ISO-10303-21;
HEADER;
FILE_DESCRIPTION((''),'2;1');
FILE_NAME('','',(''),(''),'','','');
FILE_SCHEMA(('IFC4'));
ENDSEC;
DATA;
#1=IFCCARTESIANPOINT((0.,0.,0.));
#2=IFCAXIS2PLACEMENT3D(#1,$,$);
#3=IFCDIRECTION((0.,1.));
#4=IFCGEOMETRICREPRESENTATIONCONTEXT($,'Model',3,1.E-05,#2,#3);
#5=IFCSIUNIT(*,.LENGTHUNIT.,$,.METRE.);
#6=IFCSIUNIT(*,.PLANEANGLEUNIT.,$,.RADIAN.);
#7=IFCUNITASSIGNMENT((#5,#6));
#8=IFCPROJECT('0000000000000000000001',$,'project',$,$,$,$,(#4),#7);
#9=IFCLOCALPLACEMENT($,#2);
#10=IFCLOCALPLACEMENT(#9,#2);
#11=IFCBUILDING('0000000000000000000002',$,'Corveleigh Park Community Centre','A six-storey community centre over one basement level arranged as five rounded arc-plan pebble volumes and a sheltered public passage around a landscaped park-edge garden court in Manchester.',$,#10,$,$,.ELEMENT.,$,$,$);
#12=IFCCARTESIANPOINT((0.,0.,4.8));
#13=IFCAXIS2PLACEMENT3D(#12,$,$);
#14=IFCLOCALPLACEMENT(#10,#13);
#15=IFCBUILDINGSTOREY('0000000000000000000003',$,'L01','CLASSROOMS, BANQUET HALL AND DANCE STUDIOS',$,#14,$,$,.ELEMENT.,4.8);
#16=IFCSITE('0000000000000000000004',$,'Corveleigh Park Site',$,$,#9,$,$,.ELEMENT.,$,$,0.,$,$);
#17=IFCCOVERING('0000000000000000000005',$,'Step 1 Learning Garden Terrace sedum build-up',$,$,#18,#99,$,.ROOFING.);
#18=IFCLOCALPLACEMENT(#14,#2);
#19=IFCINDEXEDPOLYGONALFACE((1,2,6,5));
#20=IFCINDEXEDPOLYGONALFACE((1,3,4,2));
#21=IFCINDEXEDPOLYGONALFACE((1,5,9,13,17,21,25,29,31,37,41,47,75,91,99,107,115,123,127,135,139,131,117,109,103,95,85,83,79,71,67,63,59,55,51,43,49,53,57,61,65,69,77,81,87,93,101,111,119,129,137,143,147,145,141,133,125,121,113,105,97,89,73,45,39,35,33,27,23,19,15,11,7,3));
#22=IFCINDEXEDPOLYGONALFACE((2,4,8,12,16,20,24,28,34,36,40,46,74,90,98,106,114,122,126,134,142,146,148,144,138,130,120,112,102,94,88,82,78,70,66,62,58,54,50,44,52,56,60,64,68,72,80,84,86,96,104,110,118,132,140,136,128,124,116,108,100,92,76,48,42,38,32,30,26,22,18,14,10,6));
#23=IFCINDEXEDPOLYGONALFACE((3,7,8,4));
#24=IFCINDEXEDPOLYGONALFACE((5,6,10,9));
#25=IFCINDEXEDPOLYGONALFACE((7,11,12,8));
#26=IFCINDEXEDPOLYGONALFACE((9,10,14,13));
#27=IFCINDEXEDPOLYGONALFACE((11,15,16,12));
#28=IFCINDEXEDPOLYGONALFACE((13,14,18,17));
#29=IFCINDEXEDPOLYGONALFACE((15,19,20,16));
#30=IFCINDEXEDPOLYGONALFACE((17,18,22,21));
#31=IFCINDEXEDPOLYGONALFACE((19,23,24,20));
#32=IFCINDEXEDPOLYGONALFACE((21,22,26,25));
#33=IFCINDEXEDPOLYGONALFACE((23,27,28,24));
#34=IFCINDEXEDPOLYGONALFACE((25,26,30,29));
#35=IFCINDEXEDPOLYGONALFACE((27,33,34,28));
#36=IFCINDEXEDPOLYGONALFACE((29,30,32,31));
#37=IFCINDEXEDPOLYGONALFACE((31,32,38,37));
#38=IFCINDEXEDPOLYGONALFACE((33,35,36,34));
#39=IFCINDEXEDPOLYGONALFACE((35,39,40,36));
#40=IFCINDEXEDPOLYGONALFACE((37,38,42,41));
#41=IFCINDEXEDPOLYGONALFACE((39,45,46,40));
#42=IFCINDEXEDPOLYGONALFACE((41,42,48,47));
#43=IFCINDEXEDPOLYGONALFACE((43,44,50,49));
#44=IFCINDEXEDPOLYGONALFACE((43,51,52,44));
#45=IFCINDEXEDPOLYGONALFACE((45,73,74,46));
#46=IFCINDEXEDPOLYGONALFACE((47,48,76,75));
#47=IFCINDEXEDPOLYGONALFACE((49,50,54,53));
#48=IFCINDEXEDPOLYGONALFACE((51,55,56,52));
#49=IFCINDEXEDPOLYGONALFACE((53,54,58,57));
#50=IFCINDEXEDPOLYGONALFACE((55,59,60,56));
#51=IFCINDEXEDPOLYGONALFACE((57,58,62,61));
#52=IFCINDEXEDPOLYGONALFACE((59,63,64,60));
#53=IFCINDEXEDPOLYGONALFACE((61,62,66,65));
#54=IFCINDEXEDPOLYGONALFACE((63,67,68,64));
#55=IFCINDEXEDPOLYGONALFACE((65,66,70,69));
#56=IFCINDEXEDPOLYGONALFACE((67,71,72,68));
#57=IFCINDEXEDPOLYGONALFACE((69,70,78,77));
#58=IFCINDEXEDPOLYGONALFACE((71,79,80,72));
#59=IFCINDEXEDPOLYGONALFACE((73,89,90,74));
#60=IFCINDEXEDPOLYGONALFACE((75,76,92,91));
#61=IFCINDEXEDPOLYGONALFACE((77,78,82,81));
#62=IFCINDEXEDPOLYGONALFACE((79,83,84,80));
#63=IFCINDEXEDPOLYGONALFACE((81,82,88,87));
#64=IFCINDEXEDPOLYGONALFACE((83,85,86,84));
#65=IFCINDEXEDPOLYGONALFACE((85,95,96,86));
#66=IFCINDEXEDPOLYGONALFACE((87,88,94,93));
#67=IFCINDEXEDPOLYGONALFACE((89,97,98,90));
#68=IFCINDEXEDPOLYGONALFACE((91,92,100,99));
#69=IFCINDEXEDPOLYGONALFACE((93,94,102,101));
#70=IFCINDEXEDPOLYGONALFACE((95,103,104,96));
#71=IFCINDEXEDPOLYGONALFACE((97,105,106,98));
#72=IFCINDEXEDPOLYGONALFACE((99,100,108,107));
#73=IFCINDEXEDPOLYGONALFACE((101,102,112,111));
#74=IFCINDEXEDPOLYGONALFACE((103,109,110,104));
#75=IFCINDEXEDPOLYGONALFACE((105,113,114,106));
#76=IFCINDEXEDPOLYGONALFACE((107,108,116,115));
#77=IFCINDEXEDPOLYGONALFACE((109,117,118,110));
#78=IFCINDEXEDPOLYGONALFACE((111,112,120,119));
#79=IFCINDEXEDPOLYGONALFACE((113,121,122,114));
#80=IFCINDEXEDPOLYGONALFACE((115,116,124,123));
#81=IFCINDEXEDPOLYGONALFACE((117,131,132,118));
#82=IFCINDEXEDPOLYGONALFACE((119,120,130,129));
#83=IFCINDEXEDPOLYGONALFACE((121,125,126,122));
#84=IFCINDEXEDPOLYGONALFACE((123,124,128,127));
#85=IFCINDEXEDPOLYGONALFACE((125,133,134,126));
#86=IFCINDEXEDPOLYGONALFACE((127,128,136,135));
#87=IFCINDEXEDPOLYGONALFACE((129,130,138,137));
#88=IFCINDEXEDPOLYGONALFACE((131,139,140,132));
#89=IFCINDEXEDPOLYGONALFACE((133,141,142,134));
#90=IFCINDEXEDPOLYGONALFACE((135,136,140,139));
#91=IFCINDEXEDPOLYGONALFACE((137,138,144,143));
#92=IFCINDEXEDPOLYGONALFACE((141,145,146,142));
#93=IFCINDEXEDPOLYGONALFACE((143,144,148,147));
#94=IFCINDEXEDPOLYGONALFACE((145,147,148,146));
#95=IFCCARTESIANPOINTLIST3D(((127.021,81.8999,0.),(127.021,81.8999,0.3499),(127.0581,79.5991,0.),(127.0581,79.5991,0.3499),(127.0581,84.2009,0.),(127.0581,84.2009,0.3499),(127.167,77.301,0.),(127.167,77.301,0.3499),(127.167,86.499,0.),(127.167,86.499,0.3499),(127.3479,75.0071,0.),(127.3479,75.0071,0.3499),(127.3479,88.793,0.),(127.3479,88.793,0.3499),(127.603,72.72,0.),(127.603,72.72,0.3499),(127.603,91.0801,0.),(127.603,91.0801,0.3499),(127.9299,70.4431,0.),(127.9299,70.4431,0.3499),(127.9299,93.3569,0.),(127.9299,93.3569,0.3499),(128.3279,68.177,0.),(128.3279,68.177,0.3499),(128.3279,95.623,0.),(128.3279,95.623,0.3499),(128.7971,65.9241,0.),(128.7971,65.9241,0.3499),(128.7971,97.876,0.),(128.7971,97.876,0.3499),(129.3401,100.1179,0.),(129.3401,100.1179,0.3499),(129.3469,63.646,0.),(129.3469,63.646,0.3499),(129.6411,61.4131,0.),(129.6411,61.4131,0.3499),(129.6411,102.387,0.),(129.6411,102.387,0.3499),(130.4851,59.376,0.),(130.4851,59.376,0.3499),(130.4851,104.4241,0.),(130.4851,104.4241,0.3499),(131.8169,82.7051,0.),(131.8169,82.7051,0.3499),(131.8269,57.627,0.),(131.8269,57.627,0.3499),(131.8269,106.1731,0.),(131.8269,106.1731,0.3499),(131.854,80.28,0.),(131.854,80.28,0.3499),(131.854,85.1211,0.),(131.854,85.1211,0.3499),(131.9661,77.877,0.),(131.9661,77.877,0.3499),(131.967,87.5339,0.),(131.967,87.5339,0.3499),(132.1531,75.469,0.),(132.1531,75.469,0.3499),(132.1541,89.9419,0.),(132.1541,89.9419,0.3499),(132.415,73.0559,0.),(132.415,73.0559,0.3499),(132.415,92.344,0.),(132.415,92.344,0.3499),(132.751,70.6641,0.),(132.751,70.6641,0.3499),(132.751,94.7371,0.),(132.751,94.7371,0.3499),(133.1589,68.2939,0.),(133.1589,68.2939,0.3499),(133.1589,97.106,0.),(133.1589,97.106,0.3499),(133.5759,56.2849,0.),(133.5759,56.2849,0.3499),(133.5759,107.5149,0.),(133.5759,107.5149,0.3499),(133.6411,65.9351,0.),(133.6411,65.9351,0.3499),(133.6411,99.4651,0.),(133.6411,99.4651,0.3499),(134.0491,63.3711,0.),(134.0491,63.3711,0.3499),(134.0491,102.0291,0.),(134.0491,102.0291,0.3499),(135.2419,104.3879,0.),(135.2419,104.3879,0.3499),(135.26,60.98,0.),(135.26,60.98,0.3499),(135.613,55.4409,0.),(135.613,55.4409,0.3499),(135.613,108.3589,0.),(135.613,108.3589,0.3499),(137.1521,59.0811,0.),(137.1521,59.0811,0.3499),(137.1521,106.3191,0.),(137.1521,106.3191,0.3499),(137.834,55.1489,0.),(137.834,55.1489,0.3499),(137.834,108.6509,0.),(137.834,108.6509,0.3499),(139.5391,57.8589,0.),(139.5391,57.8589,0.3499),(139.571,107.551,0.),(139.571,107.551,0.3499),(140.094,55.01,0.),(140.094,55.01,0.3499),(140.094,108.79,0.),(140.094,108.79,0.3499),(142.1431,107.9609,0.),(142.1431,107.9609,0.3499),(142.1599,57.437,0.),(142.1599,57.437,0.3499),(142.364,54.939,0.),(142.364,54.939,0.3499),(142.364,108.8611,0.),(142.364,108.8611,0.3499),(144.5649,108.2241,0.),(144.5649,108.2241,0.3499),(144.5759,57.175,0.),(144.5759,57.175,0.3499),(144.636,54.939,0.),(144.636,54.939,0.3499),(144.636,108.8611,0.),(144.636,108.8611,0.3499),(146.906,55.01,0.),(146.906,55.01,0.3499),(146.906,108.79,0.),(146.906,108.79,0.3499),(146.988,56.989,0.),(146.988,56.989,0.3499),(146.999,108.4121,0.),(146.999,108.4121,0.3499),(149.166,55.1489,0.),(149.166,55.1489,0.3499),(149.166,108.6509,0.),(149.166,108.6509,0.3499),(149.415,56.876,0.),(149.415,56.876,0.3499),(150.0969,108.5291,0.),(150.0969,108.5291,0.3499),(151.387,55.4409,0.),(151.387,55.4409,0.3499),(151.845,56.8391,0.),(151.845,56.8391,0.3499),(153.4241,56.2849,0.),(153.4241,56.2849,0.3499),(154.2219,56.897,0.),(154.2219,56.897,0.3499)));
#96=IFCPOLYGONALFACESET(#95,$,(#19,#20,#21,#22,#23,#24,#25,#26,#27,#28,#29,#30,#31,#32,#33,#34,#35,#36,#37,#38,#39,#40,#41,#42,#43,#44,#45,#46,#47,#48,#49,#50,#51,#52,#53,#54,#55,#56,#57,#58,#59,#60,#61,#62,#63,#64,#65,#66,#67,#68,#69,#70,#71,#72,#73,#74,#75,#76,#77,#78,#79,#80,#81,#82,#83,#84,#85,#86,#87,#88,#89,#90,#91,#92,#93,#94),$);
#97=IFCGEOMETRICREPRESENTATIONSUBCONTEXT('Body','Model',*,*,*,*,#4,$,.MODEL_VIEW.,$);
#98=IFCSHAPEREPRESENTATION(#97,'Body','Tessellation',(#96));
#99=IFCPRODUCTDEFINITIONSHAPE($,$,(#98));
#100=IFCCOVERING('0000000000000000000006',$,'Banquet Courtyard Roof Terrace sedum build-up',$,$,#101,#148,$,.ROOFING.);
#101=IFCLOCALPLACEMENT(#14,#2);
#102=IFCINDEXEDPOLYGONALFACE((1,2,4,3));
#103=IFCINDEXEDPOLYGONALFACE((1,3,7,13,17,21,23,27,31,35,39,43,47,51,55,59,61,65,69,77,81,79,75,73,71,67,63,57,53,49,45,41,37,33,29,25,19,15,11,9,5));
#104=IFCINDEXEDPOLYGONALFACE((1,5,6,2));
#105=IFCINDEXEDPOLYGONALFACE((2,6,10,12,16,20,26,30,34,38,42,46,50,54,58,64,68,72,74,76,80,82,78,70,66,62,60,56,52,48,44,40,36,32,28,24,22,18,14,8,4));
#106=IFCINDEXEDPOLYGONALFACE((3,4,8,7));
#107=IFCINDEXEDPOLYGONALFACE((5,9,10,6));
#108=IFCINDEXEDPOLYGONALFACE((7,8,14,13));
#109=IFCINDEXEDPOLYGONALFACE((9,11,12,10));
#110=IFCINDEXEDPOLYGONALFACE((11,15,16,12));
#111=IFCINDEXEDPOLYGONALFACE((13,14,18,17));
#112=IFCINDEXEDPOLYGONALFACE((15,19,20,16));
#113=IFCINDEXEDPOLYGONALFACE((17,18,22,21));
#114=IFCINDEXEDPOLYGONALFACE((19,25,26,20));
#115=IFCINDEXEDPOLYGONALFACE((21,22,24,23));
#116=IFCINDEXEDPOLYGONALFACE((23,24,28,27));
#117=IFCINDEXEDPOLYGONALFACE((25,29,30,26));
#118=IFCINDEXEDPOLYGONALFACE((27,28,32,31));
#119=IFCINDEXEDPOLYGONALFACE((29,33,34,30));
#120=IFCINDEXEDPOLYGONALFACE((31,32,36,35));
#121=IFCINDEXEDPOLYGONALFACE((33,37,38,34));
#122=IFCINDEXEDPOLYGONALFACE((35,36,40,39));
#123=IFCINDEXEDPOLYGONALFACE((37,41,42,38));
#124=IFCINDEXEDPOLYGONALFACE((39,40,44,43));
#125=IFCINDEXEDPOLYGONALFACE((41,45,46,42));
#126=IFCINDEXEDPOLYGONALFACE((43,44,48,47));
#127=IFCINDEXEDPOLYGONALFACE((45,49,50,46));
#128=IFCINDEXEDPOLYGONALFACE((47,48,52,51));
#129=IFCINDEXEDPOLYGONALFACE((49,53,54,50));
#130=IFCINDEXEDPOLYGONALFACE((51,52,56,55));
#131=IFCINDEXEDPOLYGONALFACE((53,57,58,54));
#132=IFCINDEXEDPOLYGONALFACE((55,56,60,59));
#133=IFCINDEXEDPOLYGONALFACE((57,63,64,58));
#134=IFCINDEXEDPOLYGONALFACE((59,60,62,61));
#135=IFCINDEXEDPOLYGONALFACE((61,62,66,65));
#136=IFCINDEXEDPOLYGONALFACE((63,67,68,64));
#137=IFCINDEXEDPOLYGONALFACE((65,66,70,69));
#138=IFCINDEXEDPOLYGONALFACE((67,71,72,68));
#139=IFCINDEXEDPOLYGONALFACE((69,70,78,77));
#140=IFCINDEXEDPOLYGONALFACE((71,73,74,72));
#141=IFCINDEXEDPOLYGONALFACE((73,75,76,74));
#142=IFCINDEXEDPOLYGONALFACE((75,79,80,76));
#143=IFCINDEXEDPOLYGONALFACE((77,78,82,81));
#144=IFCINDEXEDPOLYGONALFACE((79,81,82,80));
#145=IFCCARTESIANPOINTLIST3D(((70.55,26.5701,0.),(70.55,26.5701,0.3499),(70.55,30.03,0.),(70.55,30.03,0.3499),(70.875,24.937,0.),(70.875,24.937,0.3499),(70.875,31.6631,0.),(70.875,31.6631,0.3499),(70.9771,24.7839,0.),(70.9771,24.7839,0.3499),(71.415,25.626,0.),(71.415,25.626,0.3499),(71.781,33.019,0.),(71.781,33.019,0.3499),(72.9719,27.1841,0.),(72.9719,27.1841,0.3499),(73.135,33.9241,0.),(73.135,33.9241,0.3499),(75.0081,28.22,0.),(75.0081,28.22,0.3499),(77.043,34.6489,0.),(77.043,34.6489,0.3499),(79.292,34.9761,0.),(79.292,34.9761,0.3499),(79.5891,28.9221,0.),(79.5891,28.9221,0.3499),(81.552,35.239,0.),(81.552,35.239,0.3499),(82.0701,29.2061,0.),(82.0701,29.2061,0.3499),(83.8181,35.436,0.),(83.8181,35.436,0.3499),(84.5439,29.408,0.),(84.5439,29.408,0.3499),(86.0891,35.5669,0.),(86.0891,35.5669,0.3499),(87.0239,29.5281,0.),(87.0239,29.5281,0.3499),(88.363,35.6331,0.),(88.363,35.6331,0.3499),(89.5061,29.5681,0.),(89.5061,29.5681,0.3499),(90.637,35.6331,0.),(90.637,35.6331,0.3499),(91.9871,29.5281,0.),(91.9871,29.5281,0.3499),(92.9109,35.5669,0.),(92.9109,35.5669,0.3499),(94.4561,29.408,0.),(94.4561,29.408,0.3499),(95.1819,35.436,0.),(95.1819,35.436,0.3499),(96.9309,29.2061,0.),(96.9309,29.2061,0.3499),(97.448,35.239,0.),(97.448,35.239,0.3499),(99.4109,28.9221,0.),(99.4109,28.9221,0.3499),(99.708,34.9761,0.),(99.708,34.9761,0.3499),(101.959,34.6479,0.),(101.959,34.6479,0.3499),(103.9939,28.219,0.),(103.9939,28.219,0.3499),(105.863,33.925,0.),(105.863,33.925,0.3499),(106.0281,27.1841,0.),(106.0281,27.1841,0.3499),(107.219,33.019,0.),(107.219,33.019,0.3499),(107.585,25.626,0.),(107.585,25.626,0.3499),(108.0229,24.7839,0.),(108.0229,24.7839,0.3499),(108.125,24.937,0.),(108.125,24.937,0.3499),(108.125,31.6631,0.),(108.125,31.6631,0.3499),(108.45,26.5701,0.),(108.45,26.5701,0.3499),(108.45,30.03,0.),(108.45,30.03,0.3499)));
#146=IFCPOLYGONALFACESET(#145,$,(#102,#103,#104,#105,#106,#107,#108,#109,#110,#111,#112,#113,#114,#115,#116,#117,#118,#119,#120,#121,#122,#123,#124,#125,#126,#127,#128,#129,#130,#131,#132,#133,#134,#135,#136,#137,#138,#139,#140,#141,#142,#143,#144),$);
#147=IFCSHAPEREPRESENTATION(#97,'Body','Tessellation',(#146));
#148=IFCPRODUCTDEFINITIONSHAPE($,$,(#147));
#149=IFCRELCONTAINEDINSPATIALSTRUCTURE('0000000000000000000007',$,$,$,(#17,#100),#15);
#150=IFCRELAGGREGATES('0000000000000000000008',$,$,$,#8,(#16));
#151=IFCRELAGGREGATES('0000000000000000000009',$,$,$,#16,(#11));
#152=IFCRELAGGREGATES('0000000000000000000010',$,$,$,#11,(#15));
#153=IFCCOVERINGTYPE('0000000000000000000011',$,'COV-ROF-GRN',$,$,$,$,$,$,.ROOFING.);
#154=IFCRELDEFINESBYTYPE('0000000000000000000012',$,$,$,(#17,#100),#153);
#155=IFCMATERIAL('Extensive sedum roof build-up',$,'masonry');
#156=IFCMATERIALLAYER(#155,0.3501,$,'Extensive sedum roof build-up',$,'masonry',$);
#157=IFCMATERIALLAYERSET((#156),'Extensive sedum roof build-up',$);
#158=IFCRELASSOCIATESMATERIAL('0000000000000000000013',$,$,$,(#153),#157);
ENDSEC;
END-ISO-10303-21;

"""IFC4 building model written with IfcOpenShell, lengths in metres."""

from ifc_helpers import new_model, si_unit, direction, frame, origin, place, context, subcontext, project, spatial, polyline, outline, extrude, material, layer, layer_set, type_object, element, save


model = new_model("IFC4")

# Units and contexts
model_context = context("Model", 3, precision=1e-05, world=origin(), true_north=direction((0.0, 1.0)))
body_context = subcontext(model_context, "Body", "Model", "MODEL_VIEW")
ifc_project = project(units=[si_unit("LENGTHUNIT", "METRE"), si_unit("PLANEANGLEUNIT", "RADIAN")], contexts=[model_context])

# Site, building, storey
site_placement = place(None, origin())
site = spatial("IfcSite", under=ifc_project, at=site_placement, Name="Corveleigh Park Site", CompositionType="ELEMENT", RefElevation=0.0)
building_placement = place(site_placement, origin())
building = spatial("IfcBuilding", under=site, at=building_placement, Name="Corveleigh Park Community Centre", Description="A six-storey community centre over one basement level arranged as five rounded arc-plan pebble volumes and a sheltered public passage around a landscaped park-edge garden court in Manchester.", CompositionType="ELEMENT")
storey_placement = place(building_placement, frame((0.0, 0.0, 4.8)))
storey = spatial("IfcBuildingStorey", under=building, at=storey_placement, Name="L01", Description="CLASSROOMS, BANQUET HALL AND DANCE STUDIOS", CompositionType="ELEMENT", Elevation=4.8)

# Coverings
ifc_material_1 = material(Name="Extensive sedum roof build-up", Category="masonry")
ifc_layer_1 = layer(ifc_material_1, 0.3501, Name="Extensive sedum roof build-up", Category="masonry")
ifc_layer_set_1 = layer_set([ifc_layer_1], Name="Extensive sedum roof build-up")
covering_type_1 = type_object("IfcCoveringType", Name="COV-ROF-GRN", PredefinedType="ROOFING", material=ifc_layer_set_1)
covering_1_placement = place(storey_placement, origin())
element("IfcCovering", 1, at=covering_1_placement, inside=storey, type_object=covering_type_1, Name="Step 1 Learning Garden Terrace sedum build-up", PredefinedType="ROOFING", context=body_context, shape_type="SweptSolid", body=[
    extrude(outline(polyline([(150.0969, 108.5291), (146.999, 108.4121), (144.5649, 108.2241), (142.1431, 107.9609), (139.571, 107.551), (137.1521, 106.3191), (135.2419, 104.3879), (134.0491, 102.0291), (133.6411, 99.4651), (133.1589, 97.106), (132.751, 94.7371), (132.415, 92.344), (132.1541, 89.9419), (131.967, 87.5339), (131.854, 85.1211), (131.8169, 82.7051), (131.854, 80.28), (131.9661, 77.877), (132.1531, 75.469), (132.415, 73.0559), (132.751, 70.6641), (133.1589, 68.2939), (133.6411, 65.9351), (134.0491, 63.3711), (135.26, 60.98), (137.1521, 59.0811), (139.5391, 57.8589), (142.1599, 57.437), (144.5759, 57.175), (146.988, 56.989), (149.415, 56.876), (151.845, 56.8391), (154.2219, 56.897), (153.4241, 56.2849), (151.387, 55.4409), (149.166, 55.1489), (146.906, 55.01), (144.636, 54.939), (142.364, 54.939), (140.094, 55.01), (137.834, 55.1489), (135.613, 55.4409), (133.5759, 56.2849), (131.8269, 57.627), (130.4851, 59.376), (129.6411, 61.4131), (129.3469, 63.646), (128.7971, 65.9241), (128.3279, 68.177), (127.9299, 70.4431), (127.603, 72.72), (127.3479, 75.0071), (127.167, 77.301), (127.0581, 79.5991), (127.021, 81.8999), (127.0581, 84.2009), (127.167, 86.499), (127.3479, 88.793), (127.603, 91.0801), (127.9299, 93.3569), (128.3279, 95.623), (128.7971, 97.876), (129.3401, 100.1179), (129.6411, 102.387), (130.4851, 104.4241), (131.8269, 106.1731), (133.5759, 107.5149), (135.613, 108.3589), (137.834, 108.6509), (140.094, 108.79), (142.364, 108.8611), (144.636, 108.8611), (146.906, 108.79), (149.166, 108.6509), (150.0969, 108.5291)])), origin(), (0.0, 0.0, 1.0), 0.3499),
])
covering_2_placement = place(storey_placement, origin())
element("IfcCovering", 2, at=covering_2_placement, inside=storey, type_object=covering_type_1, Name="Banquet Courtyard Roof Terrace sedum build-up", PredefinedType="ROOFING", context=body_context, shape_type="SweptSolid", body=[
    extrude(outline(polyline([(70.875, 24.937), (70.55, 26.5701), (70.55, 30.03), (70.875, 31.6631), (71.781, 33.019), (73.135, 33.9241), (77.043, 34.6489), (79.292, 34.9761), (81.552, 35.239), (83.8181, 35.436), (86.0891, 35.5669), (88.363, 35.6331), (90.637, 35.6331), (92.9109, 35.5669), (95.1819, 35.436), (97.448, 35.239), (99.708, 34.9761), (101.959, 34.6479), (105.863, 33.925), (107.219, 33.019), (108.125, 31.6631), (108.45, 30.03), (108.45, 26.5701), (108.125, 24.937), (108.0229, 24.7839), (107.585, 25.626), (106.0281, 27.1841), (103.9939, 28.219), (99.4109, 28.9221), (96.9309, 29.2061), (94.4561, 29.408), (91.9871, 29.5281), (89.5061, 29.5681), (87.0239, 29.5281), (84.5439, 29.408), (82.0701, 29.2061), (79.5891, 28.9221), (75.0081, 28.22), (72.9719, 27.1841), (71.415, 25.626), (70.9771, 24.7839), (70.875, 24.937)])), origin(), (0.0, 0.0, 1.0), 0.3499),
])

save(model, "model.ifc")
